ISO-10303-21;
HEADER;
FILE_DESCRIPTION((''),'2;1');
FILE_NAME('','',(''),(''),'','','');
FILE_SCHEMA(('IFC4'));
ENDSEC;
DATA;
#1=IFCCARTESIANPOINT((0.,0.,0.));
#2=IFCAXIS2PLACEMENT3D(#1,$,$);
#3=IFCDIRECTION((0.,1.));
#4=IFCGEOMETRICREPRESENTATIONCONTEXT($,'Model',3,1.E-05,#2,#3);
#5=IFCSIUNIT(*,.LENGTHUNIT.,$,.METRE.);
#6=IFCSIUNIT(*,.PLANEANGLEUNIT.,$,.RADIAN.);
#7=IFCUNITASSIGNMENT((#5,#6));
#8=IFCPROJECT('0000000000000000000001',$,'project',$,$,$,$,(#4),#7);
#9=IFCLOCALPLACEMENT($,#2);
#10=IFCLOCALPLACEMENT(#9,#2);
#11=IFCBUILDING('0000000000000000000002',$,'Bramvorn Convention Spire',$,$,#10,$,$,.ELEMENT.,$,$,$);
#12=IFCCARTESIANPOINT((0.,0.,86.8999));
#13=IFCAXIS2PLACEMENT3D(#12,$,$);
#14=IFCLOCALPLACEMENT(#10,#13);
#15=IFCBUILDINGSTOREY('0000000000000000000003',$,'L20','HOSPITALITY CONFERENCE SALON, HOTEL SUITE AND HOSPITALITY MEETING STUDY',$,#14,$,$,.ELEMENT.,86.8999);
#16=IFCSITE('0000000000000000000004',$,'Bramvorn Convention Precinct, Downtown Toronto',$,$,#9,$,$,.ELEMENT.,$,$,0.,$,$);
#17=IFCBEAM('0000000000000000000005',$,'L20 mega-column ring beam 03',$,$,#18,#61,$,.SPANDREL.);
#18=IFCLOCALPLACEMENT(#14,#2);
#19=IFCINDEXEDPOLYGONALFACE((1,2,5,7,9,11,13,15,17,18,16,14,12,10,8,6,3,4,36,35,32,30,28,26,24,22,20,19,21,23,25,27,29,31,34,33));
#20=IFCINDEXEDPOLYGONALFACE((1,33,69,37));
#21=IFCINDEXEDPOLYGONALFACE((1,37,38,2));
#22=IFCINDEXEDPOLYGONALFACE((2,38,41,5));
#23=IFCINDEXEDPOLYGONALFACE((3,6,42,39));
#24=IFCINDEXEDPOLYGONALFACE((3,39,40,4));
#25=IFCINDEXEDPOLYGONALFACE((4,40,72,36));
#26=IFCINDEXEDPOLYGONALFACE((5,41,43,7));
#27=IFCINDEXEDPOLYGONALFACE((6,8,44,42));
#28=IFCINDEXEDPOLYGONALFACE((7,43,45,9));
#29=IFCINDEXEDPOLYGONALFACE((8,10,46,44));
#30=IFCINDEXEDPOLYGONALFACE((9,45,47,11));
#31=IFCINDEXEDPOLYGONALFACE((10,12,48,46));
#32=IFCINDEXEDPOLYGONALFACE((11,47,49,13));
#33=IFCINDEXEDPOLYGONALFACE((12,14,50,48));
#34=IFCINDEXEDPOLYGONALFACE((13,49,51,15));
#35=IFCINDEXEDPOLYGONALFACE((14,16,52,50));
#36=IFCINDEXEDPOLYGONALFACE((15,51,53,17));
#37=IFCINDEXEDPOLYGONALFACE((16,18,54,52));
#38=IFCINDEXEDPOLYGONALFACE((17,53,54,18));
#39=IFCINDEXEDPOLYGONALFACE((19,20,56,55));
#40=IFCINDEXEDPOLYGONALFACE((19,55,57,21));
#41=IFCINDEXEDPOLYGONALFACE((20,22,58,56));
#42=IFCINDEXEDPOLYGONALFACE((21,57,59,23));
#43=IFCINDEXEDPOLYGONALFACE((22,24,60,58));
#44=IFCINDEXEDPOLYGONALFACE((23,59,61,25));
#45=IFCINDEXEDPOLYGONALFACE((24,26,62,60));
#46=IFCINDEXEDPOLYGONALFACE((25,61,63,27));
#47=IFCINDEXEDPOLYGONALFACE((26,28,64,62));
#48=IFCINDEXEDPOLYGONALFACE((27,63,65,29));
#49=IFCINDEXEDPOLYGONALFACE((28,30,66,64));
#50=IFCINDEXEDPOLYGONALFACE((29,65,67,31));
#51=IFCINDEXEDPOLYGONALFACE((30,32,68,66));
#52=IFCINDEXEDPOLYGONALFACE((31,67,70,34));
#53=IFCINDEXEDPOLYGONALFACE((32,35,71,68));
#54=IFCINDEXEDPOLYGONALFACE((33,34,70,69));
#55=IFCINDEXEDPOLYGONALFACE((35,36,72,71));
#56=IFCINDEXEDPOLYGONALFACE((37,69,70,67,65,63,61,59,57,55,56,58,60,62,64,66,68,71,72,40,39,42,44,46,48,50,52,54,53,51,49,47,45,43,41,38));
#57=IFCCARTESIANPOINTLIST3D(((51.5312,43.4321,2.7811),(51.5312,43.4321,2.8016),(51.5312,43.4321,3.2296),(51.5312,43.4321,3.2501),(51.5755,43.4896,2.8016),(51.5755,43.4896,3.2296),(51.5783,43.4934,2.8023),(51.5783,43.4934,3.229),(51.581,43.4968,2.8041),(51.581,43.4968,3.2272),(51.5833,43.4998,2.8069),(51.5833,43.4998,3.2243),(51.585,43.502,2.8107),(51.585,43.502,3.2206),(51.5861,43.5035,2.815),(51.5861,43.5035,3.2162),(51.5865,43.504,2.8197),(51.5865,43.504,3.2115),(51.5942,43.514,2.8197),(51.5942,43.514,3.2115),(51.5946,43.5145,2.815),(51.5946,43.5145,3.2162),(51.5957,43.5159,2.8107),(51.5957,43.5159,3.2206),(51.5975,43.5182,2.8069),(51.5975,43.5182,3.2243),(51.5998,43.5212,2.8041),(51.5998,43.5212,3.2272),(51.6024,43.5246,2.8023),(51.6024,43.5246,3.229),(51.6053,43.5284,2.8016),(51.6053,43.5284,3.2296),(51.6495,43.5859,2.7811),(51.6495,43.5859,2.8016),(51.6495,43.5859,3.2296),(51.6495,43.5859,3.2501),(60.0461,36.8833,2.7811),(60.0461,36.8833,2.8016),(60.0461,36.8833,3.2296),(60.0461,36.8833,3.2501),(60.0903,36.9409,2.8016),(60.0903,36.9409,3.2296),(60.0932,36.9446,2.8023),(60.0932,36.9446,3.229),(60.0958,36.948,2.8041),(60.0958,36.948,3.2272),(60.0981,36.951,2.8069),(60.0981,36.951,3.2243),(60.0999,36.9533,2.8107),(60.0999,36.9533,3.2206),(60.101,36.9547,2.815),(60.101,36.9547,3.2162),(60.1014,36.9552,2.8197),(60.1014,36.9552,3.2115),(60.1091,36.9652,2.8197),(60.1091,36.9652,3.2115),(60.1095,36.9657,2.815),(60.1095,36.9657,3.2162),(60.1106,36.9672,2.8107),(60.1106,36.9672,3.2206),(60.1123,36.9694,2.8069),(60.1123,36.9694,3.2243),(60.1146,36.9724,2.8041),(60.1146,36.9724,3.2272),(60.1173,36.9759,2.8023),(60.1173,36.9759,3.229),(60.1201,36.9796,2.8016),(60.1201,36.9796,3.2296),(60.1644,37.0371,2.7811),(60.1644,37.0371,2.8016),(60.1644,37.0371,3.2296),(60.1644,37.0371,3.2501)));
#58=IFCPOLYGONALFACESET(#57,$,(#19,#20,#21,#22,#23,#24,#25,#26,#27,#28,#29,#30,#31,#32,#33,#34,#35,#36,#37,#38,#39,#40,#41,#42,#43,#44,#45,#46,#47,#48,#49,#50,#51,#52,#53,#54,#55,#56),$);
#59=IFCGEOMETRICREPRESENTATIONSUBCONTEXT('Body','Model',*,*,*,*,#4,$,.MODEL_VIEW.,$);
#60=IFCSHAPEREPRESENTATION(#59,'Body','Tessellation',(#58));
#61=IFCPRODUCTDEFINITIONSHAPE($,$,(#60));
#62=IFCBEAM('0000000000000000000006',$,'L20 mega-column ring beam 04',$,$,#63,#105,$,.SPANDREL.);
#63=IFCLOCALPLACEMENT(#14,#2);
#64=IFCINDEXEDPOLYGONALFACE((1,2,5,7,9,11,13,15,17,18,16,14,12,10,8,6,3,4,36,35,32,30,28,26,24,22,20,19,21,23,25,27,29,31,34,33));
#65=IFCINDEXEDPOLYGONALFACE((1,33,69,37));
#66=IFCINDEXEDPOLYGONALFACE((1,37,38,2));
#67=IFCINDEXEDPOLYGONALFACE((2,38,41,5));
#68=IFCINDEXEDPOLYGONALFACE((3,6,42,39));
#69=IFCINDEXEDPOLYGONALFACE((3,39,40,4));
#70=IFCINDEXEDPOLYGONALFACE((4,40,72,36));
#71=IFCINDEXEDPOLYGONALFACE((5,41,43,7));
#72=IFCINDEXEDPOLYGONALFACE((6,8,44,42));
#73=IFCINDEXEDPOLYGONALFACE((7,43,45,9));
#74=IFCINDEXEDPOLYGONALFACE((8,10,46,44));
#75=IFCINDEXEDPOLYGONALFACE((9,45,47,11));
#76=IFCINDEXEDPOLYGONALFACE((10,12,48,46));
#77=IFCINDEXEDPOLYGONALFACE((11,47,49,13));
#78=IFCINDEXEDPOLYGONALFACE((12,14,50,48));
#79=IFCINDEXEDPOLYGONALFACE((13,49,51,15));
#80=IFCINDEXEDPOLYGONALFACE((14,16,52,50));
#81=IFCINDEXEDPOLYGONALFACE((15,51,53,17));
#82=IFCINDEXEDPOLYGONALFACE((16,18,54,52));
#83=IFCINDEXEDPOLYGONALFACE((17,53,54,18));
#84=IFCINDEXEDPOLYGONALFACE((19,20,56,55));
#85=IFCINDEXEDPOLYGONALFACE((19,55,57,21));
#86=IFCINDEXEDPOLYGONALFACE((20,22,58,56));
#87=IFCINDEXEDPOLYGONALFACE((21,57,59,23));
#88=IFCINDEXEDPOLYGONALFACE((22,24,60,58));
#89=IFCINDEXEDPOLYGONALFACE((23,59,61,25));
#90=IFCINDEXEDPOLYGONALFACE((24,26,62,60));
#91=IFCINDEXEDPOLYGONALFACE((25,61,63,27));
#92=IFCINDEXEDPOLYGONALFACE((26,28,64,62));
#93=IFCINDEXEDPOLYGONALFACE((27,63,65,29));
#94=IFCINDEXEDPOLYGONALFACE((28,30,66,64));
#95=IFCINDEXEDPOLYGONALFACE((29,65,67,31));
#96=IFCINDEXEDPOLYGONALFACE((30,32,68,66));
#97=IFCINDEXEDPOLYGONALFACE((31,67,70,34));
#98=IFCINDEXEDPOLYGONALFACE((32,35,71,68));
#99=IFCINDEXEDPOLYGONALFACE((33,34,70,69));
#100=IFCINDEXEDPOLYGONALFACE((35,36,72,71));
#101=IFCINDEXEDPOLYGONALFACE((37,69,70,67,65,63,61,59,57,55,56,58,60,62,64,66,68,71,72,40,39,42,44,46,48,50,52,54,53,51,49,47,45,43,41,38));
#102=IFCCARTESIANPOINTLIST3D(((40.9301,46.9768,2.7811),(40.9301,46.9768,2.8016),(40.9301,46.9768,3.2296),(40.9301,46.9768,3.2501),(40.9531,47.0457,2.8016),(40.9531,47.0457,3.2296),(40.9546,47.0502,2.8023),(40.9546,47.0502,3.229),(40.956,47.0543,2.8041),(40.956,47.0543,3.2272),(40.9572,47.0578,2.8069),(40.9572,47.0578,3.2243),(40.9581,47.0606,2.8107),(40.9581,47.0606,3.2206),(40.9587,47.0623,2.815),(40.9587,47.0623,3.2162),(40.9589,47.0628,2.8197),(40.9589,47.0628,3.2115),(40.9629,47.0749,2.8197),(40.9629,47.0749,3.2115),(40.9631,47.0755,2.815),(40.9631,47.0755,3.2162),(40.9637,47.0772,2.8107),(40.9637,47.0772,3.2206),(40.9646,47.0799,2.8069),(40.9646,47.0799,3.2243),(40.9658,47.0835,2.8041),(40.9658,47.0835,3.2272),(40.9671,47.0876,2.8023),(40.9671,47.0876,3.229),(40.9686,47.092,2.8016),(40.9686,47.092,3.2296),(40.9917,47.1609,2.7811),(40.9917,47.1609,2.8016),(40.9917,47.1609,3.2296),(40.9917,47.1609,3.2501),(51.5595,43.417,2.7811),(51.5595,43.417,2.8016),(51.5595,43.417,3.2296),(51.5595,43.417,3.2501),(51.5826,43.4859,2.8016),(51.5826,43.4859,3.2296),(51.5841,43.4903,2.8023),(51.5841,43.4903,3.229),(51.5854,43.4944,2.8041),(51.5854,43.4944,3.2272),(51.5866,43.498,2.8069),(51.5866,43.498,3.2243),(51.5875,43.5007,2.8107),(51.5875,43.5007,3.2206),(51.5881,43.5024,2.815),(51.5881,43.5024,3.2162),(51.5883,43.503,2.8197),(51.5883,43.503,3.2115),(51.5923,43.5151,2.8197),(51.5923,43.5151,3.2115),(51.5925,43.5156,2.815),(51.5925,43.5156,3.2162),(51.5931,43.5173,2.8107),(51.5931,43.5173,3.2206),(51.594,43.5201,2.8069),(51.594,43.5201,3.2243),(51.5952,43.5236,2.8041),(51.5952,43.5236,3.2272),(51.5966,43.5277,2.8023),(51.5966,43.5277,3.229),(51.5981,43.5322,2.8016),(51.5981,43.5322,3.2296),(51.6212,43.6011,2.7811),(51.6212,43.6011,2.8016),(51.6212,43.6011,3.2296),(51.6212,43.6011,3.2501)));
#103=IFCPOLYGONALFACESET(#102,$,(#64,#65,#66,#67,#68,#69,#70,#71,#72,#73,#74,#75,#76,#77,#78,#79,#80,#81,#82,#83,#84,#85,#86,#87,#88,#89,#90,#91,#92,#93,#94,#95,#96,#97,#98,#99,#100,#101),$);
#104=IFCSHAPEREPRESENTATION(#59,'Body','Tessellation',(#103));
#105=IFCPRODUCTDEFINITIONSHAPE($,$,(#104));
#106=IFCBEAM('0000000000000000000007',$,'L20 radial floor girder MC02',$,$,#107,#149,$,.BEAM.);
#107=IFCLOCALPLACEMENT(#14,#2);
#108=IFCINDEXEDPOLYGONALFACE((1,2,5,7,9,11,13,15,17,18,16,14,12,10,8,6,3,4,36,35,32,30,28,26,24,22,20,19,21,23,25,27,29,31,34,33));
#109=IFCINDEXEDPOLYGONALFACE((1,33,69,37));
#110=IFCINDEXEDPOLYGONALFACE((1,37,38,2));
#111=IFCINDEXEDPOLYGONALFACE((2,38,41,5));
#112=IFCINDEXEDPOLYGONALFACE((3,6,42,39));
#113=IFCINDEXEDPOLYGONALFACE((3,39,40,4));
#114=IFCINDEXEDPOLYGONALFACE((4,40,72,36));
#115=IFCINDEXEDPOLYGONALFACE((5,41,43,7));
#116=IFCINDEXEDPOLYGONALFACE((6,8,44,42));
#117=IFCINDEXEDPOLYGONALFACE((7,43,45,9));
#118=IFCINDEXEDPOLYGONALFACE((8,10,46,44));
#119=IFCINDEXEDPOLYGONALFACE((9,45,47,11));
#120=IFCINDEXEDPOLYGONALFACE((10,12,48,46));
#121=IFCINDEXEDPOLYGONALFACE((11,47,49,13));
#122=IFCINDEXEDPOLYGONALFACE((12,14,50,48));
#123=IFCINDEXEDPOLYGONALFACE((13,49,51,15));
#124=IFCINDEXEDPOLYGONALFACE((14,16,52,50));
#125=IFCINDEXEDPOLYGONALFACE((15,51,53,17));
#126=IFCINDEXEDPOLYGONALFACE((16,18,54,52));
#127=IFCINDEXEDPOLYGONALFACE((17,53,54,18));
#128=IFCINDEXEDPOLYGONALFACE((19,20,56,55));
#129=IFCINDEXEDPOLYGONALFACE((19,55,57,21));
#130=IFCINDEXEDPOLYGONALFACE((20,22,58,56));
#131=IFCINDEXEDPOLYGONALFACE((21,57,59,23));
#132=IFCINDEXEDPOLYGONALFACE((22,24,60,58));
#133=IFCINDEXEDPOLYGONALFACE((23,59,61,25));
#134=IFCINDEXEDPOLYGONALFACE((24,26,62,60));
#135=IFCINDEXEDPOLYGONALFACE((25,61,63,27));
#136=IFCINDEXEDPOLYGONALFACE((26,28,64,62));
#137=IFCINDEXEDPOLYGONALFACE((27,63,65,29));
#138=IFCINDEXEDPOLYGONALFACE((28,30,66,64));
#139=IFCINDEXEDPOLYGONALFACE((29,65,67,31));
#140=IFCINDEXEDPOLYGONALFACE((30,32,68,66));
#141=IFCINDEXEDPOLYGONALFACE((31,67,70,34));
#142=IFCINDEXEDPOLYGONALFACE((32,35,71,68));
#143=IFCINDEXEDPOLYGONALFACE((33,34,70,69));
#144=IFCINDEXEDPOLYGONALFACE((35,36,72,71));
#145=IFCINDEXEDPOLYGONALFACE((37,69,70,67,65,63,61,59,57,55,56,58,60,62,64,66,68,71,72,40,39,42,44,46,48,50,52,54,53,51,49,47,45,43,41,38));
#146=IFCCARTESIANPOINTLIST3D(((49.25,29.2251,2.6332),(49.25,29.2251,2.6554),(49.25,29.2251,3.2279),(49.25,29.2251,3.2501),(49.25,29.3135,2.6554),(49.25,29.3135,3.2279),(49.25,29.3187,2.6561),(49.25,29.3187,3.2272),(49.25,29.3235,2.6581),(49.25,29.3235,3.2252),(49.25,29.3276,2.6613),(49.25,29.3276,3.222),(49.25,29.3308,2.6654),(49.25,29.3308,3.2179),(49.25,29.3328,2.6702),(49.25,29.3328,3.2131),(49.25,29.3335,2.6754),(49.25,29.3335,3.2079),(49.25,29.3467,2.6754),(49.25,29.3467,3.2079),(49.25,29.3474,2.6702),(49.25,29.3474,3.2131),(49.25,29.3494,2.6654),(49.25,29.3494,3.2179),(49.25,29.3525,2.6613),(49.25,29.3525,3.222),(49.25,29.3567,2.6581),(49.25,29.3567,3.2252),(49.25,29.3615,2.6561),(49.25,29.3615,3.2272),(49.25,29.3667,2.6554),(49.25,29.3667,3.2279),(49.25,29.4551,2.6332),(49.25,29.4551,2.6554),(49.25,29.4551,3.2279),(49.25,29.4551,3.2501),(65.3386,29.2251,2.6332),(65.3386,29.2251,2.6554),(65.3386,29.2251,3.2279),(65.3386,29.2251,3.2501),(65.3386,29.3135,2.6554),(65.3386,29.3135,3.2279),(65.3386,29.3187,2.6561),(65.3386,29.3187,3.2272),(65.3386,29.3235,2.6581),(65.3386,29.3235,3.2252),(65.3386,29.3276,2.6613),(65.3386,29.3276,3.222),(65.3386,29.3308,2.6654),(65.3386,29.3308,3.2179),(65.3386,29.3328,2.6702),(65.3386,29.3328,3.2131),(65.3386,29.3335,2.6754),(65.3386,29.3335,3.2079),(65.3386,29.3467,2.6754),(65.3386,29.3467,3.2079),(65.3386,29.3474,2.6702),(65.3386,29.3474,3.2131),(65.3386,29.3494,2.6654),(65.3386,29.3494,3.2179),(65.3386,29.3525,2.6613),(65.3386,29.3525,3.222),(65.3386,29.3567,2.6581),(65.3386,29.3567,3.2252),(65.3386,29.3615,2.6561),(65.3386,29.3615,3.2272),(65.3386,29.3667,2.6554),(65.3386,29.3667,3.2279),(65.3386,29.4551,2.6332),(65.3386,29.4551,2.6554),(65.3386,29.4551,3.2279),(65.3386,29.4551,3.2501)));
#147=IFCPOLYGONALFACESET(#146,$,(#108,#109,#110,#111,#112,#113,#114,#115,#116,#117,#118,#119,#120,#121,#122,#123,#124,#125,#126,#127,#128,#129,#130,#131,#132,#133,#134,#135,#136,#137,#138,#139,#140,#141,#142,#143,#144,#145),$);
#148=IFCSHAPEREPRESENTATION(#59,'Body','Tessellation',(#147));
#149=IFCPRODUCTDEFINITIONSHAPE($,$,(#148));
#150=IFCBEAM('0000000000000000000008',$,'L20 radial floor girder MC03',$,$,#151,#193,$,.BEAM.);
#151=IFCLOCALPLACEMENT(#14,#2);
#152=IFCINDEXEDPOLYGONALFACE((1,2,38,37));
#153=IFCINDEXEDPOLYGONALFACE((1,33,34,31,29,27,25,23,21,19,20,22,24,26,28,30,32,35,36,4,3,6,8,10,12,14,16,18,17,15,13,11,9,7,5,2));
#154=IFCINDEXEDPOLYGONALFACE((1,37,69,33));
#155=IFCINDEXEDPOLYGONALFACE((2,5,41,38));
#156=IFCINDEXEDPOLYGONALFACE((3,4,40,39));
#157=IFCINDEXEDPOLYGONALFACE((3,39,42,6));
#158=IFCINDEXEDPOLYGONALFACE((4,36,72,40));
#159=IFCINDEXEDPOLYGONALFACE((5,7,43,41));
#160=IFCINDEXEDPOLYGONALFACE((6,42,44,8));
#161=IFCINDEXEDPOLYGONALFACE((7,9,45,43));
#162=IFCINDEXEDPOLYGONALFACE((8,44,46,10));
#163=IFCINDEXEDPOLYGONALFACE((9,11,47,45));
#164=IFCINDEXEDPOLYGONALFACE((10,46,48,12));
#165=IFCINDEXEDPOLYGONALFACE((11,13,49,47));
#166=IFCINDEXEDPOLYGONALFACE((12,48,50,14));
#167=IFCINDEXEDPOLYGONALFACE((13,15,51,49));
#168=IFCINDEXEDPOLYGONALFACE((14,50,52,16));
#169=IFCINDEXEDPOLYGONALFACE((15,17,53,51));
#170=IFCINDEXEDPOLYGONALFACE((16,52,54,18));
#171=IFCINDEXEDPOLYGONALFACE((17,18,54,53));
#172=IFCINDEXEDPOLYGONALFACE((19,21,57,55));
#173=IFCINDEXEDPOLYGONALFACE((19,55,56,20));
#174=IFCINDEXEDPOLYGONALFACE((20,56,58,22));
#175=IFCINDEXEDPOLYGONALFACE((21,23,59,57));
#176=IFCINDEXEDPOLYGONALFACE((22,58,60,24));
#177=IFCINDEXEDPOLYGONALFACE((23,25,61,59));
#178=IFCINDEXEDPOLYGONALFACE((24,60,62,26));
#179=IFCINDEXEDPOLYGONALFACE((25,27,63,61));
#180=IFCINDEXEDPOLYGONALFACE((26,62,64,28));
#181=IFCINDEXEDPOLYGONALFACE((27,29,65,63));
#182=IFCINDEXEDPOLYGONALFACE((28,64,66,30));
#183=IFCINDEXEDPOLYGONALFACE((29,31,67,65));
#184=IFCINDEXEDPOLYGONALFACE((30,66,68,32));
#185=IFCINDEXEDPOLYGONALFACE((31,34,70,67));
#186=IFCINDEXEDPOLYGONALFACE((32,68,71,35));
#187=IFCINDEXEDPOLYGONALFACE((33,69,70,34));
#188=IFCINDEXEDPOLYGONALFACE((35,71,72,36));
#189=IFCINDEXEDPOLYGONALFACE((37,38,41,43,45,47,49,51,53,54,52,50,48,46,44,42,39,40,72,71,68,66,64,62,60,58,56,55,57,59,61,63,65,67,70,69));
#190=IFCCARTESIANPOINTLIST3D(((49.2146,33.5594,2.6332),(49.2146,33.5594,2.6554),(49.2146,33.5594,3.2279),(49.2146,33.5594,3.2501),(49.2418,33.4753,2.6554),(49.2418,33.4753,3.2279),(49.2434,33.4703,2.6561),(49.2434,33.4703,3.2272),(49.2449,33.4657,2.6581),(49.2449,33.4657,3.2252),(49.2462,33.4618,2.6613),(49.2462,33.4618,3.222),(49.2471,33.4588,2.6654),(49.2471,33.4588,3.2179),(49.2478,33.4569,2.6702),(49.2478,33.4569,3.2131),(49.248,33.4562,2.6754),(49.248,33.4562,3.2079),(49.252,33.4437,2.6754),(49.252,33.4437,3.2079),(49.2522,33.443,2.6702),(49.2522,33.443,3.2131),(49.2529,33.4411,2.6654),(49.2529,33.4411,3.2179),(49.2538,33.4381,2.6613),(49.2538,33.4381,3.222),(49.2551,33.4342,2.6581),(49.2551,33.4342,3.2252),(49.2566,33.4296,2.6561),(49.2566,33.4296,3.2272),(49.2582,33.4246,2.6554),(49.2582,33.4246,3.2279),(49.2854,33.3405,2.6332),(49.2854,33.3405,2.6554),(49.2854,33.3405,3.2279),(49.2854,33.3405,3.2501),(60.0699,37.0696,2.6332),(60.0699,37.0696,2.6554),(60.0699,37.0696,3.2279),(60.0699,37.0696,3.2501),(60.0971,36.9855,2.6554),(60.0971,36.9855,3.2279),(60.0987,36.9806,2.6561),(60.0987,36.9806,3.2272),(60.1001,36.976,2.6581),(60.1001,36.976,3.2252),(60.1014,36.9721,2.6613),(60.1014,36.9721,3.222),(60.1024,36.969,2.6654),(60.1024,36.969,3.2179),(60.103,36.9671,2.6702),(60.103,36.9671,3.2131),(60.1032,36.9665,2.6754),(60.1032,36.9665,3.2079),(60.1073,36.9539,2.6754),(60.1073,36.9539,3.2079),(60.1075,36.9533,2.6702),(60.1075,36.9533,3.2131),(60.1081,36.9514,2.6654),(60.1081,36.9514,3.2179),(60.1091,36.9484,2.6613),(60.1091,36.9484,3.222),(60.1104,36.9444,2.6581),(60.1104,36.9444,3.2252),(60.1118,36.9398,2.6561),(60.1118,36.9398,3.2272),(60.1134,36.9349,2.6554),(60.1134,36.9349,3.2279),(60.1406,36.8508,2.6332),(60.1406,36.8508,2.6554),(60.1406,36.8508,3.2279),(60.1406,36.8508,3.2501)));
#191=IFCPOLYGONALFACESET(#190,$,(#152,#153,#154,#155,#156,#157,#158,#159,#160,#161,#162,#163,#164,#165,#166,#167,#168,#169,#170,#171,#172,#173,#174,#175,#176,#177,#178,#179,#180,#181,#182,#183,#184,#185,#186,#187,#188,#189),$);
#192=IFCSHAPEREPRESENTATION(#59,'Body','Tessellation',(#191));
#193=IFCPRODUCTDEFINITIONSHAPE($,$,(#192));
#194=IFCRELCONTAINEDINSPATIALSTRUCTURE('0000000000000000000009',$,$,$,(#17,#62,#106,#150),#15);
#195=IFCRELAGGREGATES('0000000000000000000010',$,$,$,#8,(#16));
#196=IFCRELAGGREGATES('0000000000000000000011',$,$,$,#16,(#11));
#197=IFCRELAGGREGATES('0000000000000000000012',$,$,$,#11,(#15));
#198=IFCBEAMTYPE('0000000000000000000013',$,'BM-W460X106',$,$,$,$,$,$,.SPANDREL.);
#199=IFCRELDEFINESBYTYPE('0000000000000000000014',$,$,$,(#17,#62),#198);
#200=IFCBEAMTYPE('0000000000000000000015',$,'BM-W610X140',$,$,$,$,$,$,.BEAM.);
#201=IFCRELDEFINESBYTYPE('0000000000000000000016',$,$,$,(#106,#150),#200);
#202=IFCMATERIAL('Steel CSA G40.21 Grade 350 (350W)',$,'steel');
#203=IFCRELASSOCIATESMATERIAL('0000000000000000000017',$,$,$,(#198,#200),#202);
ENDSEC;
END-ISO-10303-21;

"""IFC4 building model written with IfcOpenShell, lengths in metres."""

from ifc_helpers import new_model, si_unit, direction, frame, origin, origin_2d, place, context, subcontext, project, spatial, i_section, extrude, material, material_profile, profile_set, type_object, element, save


model = new_model("IFC4")

# Units and contexts
model_context = context("Model", 3, precision=1e-05, world=origin(), true_north=direction((0.0, 1.0)))
body_context = subcontext(model_context, "Body", "Model", "MODEL_VIEW")
ifc_project = project(units=[si_unit("LENGTHUNIT", "METRE"), si_unit("PLANEANGLEUNIT", "RADIAN")], contexts=[model_context])

# Site, building, storey
site_placement = place(None, origin())
site = spatial("IfcSite", under=ifc_project, at=site_placement, Name="Bramvorn Convention Precinct, Downtown Toronto", CompositionType="ELEMENT", RefElevation=0.0)
building_placement = place(site_placement, origin())
building = spatial("IfcBuilding", under=site, at=building_placement, Name="Bramvorn Convention Spire", CompositionType="ELEMENT")
storey_placement = place(building_placement, frame((0.0, 0.0, 86.8999)))
storey = spatial("IfcBuildingStorey", under=building, at=storey_placement, Name="L20", Description="HOSPITALITY CONFERENCE SALON, HOTEL SUITE AND HOSPITALITY MEETING STUDY", CompositionType="ELEMENT", Elevation=86.8999)

# Shared definitions
ifc_material_1 = material(Name="Steel CSA G40.21 Grade 350 (350W)", Category="steel")

# Beams
ifc_material_profile_1 = material_profile(ifc_material_1, i_section(OverallWidth=0.1941, OverallDepth=0.469, WebThickness=0.0127, FlangeThickness=0.0205, FilletRadius=0.0181, at=origin_2d()))
ifc_profile_set_1 = profile_set([ifc_material_profile_1], Name="Steel CSA G40.21 Grade 350 (350W) - W460X106")
beam_type_1 = type_object("IfcBeamType", Name="BM-W460X106", PredefinedType="SPANDREL", material=ifc_profile_set_1)
beam_1_placement = place(storey_placement, frame((60.1052, 36.9602, 3.0156), z_axis=(-0.792673, 0.609647, 0.0), x_axis=(-0.609647, -0.792673, 0.0)))
element("IfcBeam", 1, at=beam_1_placement, inside=storey, type_object=beam_type_1, Name="L20 mega-column ring beam 03", PredefinedType="SPANDREL", context=body_context, shape_type="SweptSolid", body=[
    extrude(i_section(OverallWidth=0.1941, OverallDepth=0.469, WebThickness=0.0127, FlangeThickness=0.0205, FilletRadius=0.0181, at=origin_2d()), origin(), (0.0, 0.0, 1.0), 10.7419),
])
beam_2_placement = place(storey_placement, frame((51.5903, 43.509, 3.0156), z_axis=(-0.948236, 0.317567, 0.0), x_axis=(-0.317567, -0.948236, 0.0)))
element("IfcBeam", 2, at=beam_2_placement, inside=storey, type_object=beam_type_1, Name="L20 mega-column ring beam 04", PredefinedType="SPANDREL", context=body_context, shape_type="SweptSolid", body=[
    extrude(i_section(OverallWidth=0.1941, OverallDepth=0.469, WebThickness=0.0127, FlangeThickness=0.0205, FilletRadius=0.0181, at=origin_2d()), origin(), (0.0, 0.0, 1.0), 11.2097),
])
ifc_material_profile_2 = material_profile(ifc_material_1, i_section(OverallWidth=0.23, OverallDepth=0.6169, WebThickness=0.0132, FlangeThickness=0.0222, FilletRadius=0.02, at=origin_2d()))
ifc_profile_set_2 = profile_set([ifc_material_profile_2], Name="Steel CSA G40.21 Grade 350 (350W) - W610X140")
beam_type_2 = type_object("IfcBeamType", Name="BM-W610X140", PredefinedType="BEAM", material=ifc_profile_set_2)
beam_3_placement = place(storey_placement, frame((49.25, 29.3401, 2.9417), z_axis=(1.0, 0.0, 0.0), x_axis=(0.0, 1.0, 0.0)))
element("IfcBeam", 3, at=beam_3_placement, inside=storey, type_object=beam_type_2, Name="L20 radial floor girder MC02", PredefinedType="BEAM", context=body_context, shape_type="SweptSolid", body=[
    extrude(i_section(OverallWidth=0.23, OverallDepth=0.6169, WebThickness=0.0132, FlangeThickness=0.0222, FilletRadius=0.02, at=origin_2d()), origin(), (0.0, 0.0, 1.0), 16.0886),
])
beam_4_placement = place(storey_placement, frame((49.25, 33.45, 2.9417), z_axis=(0.951489, 0.307683, 0.0), x_axis=(-0.307683, 0.951489, 0.0)))
element("IfcBeam", 4, at=beam_4_placement, inside=storey, type_object=beam_type_2, Name="L20 radial floor girder MC03", PredefinedType="BEAM", context=body_context, shape_type="SweptSolid", body=[
    extrude(i_section(OverallWidth=0.23, OverallDepth=0.6169, WebThickness=0.0132, FlangeThickness=0.0222, FilletRadius=0.02, at=origin_2d()), origin(), (0.0, 0.0, 1.0), 11.4087),
])

save(model, "model.ifc")
